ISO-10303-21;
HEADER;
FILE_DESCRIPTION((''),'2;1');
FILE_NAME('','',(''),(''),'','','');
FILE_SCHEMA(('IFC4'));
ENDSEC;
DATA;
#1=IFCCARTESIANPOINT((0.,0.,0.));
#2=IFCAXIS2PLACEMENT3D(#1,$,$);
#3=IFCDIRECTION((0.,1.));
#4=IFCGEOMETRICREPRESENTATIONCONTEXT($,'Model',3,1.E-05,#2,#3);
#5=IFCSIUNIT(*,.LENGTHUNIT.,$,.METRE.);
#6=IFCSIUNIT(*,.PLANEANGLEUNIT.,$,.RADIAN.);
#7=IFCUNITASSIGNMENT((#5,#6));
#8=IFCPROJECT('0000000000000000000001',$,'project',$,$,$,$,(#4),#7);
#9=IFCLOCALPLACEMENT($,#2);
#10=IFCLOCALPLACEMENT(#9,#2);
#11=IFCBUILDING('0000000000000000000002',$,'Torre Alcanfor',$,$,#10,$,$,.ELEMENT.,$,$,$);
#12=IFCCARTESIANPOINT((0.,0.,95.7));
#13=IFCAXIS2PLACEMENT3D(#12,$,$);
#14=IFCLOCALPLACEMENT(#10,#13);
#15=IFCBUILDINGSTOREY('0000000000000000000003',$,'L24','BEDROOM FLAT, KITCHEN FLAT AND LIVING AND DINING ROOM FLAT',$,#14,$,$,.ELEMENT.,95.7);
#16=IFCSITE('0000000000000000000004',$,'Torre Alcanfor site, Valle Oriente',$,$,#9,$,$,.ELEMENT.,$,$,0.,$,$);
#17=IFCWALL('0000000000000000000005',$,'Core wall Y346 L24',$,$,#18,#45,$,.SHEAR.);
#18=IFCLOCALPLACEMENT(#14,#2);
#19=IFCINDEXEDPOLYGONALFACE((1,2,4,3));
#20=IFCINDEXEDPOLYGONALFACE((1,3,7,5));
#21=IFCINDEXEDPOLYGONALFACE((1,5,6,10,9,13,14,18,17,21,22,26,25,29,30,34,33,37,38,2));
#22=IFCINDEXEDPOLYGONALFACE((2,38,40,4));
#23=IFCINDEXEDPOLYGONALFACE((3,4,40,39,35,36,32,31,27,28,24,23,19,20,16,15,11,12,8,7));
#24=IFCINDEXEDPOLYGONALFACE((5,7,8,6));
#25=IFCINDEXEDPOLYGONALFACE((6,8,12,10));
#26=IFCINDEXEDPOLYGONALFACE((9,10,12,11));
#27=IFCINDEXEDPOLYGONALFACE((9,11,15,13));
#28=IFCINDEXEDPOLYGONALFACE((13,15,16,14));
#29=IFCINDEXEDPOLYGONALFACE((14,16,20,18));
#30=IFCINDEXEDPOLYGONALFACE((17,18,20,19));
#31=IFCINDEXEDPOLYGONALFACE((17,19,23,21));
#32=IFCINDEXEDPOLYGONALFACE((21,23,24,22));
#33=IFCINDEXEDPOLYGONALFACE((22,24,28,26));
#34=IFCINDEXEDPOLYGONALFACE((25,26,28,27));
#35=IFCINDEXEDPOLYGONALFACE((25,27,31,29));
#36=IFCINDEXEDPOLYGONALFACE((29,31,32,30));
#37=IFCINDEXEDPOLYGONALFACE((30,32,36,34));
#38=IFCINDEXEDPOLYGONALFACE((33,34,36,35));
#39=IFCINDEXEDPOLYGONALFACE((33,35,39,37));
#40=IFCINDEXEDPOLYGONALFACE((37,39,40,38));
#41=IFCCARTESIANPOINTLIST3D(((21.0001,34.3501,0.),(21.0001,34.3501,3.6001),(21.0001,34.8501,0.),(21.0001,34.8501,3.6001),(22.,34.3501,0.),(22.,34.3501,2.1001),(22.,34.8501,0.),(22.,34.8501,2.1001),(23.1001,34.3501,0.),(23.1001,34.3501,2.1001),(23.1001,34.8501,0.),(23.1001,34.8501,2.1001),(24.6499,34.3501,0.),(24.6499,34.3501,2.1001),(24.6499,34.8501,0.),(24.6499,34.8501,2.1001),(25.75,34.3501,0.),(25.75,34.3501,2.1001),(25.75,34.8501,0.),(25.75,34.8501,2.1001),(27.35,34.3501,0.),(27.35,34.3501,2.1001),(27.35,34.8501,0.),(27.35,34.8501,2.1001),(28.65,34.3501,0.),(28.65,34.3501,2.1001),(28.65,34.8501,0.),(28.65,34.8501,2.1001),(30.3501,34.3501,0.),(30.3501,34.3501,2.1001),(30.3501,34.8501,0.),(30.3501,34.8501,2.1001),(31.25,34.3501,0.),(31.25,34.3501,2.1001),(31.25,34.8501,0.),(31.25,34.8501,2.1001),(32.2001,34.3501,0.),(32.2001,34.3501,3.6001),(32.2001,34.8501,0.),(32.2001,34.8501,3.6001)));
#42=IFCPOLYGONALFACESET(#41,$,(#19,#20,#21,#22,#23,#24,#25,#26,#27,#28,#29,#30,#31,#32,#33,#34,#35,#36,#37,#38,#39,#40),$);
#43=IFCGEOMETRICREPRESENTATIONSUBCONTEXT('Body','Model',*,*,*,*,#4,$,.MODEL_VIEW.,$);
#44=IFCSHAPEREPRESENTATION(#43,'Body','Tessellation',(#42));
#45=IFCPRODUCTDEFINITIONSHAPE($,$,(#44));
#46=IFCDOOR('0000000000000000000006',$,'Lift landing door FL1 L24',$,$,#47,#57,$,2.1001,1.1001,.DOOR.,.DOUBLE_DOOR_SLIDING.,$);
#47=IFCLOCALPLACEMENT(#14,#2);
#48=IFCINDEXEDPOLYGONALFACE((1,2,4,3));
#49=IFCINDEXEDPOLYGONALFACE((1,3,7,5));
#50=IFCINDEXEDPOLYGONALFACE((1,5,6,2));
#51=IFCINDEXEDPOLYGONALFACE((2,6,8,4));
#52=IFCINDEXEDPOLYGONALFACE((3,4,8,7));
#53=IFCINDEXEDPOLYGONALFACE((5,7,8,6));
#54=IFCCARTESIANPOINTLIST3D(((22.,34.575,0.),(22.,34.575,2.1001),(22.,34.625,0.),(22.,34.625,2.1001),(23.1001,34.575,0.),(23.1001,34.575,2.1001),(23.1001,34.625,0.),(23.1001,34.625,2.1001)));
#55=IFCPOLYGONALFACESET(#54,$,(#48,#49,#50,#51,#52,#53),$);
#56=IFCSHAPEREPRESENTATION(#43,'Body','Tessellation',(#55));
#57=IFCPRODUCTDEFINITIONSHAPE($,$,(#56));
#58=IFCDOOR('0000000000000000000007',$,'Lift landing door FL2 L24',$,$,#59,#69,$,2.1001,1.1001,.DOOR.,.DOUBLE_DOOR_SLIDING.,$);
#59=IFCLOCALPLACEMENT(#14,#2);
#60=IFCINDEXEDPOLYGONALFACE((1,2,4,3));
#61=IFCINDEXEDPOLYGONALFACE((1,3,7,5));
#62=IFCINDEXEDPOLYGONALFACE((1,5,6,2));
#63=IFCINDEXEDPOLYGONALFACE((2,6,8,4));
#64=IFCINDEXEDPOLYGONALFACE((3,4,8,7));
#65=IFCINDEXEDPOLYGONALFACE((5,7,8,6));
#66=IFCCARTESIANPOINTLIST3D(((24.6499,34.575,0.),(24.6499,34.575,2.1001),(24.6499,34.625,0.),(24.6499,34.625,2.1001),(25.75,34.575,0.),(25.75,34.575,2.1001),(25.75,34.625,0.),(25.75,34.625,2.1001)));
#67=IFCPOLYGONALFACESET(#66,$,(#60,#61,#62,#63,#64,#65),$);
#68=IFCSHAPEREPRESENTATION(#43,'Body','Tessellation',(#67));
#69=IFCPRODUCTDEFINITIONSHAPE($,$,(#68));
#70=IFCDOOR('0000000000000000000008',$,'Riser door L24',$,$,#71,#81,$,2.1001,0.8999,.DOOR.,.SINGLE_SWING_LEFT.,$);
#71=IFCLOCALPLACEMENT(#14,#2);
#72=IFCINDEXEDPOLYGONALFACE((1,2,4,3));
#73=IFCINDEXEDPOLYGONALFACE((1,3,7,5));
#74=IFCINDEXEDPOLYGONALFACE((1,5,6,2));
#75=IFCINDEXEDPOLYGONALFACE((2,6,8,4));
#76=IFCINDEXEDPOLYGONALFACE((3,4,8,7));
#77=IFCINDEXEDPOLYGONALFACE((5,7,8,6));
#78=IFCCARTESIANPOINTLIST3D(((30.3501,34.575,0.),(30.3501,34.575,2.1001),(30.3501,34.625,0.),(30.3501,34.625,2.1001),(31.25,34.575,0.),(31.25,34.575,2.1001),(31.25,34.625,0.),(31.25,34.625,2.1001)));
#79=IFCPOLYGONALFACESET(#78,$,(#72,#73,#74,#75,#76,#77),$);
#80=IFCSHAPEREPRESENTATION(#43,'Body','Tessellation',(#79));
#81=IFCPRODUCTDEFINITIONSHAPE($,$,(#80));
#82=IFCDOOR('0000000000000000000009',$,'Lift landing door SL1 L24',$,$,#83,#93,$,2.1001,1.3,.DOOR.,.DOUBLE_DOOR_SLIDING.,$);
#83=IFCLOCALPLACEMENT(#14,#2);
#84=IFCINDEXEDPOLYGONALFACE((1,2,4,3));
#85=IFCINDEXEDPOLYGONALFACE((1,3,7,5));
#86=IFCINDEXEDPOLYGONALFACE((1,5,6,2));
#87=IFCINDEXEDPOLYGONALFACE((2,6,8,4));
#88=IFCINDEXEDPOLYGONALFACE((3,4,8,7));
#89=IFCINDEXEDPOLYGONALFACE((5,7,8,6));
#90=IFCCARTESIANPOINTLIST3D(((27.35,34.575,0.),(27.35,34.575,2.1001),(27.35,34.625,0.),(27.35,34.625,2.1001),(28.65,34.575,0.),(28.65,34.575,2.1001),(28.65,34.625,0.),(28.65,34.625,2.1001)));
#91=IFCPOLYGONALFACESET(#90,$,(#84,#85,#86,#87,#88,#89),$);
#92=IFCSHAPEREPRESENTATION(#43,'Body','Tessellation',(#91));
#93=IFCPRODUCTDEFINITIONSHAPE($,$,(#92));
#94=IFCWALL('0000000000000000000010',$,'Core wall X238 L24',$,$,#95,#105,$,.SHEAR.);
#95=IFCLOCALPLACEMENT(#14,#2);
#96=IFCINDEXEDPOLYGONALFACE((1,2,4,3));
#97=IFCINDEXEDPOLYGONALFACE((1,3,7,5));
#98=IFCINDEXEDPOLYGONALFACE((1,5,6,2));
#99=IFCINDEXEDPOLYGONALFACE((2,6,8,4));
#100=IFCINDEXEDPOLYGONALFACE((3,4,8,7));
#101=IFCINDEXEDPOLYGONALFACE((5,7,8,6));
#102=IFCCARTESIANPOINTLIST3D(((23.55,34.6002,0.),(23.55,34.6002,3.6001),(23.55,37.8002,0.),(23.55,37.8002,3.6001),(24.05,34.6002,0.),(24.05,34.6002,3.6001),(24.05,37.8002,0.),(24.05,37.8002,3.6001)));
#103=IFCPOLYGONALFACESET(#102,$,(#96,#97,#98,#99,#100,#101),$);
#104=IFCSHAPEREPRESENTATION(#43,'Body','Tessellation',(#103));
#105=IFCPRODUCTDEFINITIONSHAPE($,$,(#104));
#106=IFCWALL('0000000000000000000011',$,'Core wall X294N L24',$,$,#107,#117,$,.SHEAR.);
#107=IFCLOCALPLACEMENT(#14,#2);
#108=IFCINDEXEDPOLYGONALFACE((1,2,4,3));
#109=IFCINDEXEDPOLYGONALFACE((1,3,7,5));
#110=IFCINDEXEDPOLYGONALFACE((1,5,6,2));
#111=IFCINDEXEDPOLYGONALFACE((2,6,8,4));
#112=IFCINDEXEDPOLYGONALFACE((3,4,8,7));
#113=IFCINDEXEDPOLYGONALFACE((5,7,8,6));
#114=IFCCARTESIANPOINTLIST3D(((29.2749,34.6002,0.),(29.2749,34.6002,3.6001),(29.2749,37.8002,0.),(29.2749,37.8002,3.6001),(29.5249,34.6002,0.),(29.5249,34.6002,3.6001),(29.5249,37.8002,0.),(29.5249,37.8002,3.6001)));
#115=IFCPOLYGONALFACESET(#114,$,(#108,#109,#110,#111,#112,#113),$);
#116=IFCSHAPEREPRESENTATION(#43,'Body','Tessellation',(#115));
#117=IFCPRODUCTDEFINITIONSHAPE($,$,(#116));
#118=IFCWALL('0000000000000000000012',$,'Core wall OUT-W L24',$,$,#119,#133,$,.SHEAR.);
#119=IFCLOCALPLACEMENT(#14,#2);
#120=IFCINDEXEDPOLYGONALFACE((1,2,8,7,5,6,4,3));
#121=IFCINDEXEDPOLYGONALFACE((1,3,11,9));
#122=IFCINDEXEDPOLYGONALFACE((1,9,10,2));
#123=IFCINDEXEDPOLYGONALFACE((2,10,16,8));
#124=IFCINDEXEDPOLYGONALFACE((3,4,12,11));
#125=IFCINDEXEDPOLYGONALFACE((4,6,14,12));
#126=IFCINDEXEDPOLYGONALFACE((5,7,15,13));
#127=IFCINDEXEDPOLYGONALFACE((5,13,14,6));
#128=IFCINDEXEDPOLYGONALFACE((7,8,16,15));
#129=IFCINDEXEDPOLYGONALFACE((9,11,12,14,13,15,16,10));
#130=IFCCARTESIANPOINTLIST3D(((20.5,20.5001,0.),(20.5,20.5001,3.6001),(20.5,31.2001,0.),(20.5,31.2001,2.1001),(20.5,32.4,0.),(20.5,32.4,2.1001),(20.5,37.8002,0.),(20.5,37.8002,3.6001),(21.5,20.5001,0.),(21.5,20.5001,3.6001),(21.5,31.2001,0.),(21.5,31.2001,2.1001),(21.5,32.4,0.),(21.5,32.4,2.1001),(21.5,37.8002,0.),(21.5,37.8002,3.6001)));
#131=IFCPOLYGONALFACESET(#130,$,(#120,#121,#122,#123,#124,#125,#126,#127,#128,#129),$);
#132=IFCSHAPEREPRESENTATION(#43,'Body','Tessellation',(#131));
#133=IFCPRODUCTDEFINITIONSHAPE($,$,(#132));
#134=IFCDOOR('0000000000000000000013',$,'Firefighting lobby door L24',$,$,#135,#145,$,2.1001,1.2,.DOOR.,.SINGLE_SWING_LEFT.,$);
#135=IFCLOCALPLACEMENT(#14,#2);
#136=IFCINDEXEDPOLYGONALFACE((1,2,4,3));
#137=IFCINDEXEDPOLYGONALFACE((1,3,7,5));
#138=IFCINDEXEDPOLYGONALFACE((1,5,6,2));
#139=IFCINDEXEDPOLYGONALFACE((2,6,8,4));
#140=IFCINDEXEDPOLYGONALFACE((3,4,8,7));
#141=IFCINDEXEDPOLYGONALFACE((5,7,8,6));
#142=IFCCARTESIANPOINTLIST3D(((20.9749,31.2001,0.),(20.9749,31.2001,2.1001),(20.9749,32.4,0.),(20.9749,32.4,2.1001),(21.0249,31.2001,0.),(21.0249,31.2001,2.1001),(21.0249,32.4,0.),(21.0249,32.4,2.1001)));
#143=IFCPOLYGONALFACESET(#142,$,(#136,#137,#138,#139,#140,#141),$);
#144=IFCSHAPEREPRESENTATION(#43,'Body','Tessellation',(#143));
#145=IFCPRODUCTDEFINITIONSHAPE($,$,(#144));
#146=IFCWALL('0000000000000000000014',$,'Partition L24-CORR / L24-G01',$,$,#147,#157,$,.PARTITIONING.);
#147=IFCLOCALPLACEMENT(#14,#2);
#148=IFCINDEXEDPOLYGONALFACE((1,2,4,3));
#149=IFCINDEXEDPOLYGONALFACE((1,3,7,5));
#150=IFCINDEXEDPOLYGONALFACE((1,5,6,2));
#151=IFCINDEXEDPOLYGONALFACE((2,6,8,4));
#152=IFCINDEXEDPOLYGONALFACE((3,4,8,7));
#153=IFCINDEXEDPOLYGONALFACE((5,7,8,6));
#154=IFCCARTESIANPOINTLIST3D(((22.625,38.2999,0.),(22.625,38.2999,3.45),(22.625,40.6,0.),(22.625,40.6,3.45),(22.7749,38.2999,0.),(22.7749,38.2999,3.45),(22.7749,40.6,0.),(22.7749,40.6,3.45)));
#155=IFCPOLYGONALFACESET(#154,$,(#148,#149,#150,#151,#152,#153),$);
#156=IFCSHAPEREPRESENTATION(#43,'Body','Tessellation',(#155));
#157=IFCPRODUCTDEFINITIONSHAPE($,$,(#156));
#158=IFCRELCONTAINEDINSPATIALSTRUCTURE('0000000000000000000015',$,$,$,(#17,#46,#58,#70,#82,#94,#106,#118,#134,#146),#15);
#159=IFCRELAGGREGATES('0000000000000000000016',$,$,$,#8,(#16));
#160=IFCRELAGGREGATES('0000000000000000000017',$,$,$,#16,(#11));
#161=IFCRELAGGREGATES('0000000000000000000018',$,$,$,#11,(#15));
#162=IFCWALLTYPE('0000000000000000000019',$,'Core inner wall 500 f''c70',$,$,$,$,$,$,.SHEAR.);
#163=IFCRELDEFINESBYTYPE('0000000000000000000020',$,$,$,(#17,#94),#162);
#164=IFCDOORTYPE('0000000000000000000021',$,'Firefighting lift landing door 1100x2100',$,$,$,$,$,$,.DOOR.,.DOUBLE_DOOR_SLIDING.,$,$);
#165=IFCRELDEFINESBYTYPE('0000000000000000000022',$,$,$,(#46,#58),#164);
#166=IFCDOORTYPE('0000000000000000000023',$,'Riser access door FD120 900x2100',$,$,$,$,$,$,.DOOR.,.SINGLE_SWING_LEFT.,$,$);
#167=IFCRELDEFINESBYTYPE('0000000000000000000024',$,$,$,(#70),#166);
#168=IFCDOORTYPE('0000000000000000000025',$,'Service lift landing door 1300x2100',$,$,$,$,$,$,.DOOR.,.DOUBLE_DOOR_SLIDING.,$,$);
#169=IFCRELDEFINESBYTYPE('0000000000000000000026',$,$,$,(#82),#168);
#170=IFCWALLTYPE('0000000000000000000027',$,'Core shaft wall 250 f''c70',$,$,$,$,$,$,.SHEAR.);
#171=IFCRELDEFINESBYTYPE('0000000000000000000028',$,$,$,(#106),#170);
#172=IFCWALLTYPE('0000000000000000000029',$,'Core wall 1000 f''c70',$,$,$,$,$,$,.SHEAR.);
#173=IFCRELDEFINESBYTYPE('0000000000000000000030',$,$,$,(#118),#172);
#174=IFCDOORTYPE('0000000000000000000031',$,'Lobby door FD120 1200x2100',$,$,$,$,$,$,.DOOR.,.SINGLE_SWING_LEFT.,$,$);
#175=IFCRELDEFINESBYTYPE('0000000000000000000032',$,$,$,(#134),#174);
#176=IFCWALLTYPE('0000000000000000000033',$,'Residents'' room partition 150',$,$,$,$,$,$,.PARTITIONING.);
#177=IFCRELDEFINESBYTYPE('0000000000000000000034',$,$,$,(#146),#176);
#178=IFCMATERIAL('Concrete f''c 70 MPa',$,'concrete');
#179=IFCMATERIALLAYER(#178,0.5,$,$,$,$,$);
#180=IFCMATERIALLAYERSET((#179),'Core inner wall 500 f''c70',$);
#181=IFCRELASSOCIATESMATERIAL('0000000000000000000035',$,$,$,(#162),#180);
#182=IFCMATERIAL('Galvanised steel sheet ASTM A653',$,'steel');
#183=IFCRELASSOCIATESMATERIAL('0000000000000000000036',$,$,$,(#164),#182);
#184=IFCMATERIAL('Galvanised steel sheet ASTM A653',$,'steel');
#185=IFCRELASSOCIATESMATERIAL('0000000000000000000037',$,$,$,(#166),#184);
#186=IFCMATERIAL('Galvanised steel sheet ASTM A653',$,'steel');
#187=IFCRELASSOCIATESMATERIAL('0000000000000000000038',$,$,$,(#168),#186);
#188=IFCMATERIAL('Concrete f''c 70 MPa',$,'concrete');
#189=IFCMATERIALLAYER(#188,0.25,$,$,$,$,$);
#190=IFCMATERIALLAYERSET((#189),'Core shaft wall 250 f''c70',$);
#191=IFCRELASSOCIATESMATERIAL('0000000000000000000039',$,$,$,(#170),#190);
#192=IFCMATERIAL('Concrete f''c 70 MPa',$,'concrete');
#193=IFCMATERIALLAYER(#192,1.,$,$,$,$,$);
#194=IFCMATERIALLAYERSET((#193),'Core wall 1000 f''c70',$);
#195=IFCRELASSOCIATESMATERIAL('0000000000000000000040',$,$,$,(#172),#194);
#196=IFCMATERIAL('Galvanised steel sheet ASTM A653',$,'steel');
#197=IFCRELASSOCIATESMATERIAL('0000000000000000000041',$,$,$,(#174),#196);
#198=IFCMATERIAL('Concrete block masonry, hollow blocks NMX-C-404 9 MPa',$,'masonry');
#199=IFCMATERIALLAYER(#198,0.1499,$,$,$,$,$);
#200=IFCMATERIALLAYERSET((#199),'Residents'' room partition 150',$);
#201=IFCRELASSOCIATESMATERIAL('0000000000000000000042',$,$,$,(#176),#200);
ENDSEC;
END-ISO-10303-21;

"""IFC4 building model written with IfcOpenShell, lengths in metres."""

from ifc_helpers import new_model, si_unit, direction, frame, frame_2d, origin, place, context, subcontext, project, spatial, rectangle, extrude, material, layer, layer_set, type_object, element, fill, save


model = new_model("IFC4")

# Units and contexts
model_context = context("Model", 3, precision=1e-05, world=origin(), true_north=direction((0.0, 1.0)))
body_context = subcontext(model_context, "Body", "Model", "MODEL_VIEW")
ifc_project = project(units=[si_unit("LENGTHUNIT", "METRE"), si_unit("PLANEANGLEUNIT", "RADIAN")], contexts=[model_context])

# Site, building, storey
site_placement = place(None, origin())
site = spatial("IfcSite", under=ifc_project, at=site_placement, Name="Torre Alcanfor site, Valle Oriente", CompositionType="ELEMENT", RefElevation=0.0)
building_placement = place(site_placement, origin())
building = spatial("IfcBuilding", under=site, at=building_placement, Name="Torre Alcanfor", CompositionType="ELEMENT")
storey_placement = place(building_placement, frame((0.0, 0.0, 95.7)))
storey = spatial("IfcBuildingStorey", under=building, at=storey_placement, Name="L24", Description="BEDROOM FLAT, KITCHEN FLAT AND LIVING AND DINING ROOM FLAT", CompositionType="ELEMENT", Elevation=95.7)

# Shared definitions
ifc_material_1 = material(Name="Concrete f'c 70 MPa", Category="concrete")
ifc_layer_1 = layer(ifc_material_1, 0.5)
ifc_layer_set_1 = layer_set([ifc_layer_1], Name="Core inner wall 500 f'c70")
wall_type_1 = type_object("IfcWallType", Name="Core inner wall 500 f'c70", PredefinedType="SHEAR", material=ifc_layer_set_1)

# Wall, openings, doors
wall_1_placement = place(storey_placement, frame((21.0, 34.6001, 0.0), z_axis=(0.0, 0.0, 1.0), x_axis=(1.0, 0.0, 0.0)))
wall_1 = element("IfcWall", 1, at=wall_1_placement, inside=storey, type_object=wall_type_1, Name="Core wall Y346 L24", PredefinedType="SHEAR", context=body_context, shape_type="SweptSolid", body=[
    extrude(rectangle(XDim=11.2, YDim=0.5, at=frame_2d((5.6001, 0.0))), origin(), (0.0, 0.0, 1.0), 3.6001),
])
opening_1_placement = place(wall_1_placement, frame((9.3501, 0.0, 0.0)))
opening_1 = element("IfcOpeningElement", 2, at=opening_1_placement, cuts=wall_1, PredefinedType="OPENING", context=body_context, shape_type="SweptSolid", body=[
    extrude(rectangle(XDim=0.8999, YDim=2.1001, at=frame_2d((0.45, 1.05))), frame((0.0, 0.26, 0.0), z_axis=(0.0, -1.0, 0.0), x_axis=(1.0, 0.0, 0.0)), (0.0, 0.0, 1.0), 0.52),
])
opening_2_placement = place(wall_1_placement, frame((1.0, 0.0, 0.0)))
opening_2 = element("IfcOpeningElement", 3, at=opening_2_placement, cuts=wall_1, PredefinedType="OPENING", context=body_context, shape_type="SweptSolid", body=[
    extrude(rectangle(XDim=1.1001, YDim=2.1001, at=frame_2d((0.55, 1.05))), frame((0.0, 0.26, 0.0), z_axis=(0.0, -1.0, 0.0), x_axis=(1.0, 0.0, 0.0)), (0.0, 0.0, 1.0), 0.52),
])
opening_3_placement = place(wall_1_placement, frame((3.6499, 0.0, 0.0)))
opening_3 = element("IfcOpeningElement", 4, at=opening_3_placement, cuts=wall_1, PredefinedType="OPENING", context=body_context, shape_type="SweptSolid", body=[
    extrude(rectangle(XDim=1.1001, YDim=2.1001, at=frame_2d((0.55, 1.05))), frame((0.0, 0.26, 0.0), z_axis=(0.0, -1.0, 0.0), x_axis=(1.0, 0.0, 0.0)), (0.0, 0.0, 1.0), 0.52),
])
opening_4_placement = place(wall_1_placement, frame((6.3501, 0.0, 0.0)))
opening_4 = element("IfcOpeningElement", 5, at=opening_4_placement, cuts=wall_1, PredefinedType="OPENING", context=body_context, shape_type="SweptSolid", body=[
    extrude(rectangle(XDim=1.3, YDim=2.1001, at=frame_2d((0.6499, 1.05))), frame((0.0, 0.26, 0.0), z_axis=(0.0, -1.0, 0.0), x_axis=(1.0, 0.0, 0.0)), (0.0, 0.0, 1.0), 0.52),
])
ifc_material_2 = material(Name="Galvanised steel sheet ASTM A653", Category="steel")
door_type_1 = type_object("IfcDoorType", Name="Firefighting lift landing door 1100x2100", OperationType="DOUBLE_DOOR_SLIDING", PredefinedType="DOOR", material=ifc_material_2)
door_1_placement = place(opening_2_placement, origin())
door_1 = element("IfcDoor", 6, at=door_1_placement, inside=storey, type_object=door_type_1, Name="Lift landing door FL1 L24", OperationType="DOUBLE_DOOR_SLIDING", OverallHeight=2.1001, OverallWidth=1.1001, PredefinedType="DOOR", context=body_context, shape_type="SweptSolid", body=[
    extrude(rectangle(XDim=1.1001, YDim=2.1001, at=frame_2d((0.55, 1.05))), frame((0.0, 0.0249, 0.0), z_axis=(0.0, -1.0, 0.0), x_axis=(1.0, 0.0, 0.0)), (0.0, 0.0, 1.0), 0.05),
])
fill(opening_2, door_1)
door_2_placement = place(opening_3_placement, origin())
door_2 = element("IfcDoor", 7, at=door_2_placement, inside=storey, type_object=door_type_1, Name="Lift landing door FL2 L24", OperationType="DOUBLE_DOOR_SLIDING", OverallHeight=2.1001, OverallWidth=1.1001, PredefinedType="DOOR", context=body_context, shape_type="SweptSolid", body=[
    extrude(rectangle(XDim=1.1001, YDim=2.1001, at=frame_2d((0.55, 1.05))), frame((0.0, 0.0249, 0.0), z_axis=(0.0, -1.0, 0.0), x_axis=(1.0, 0.0, 0.0)), (0.0, 0.0, 1.0), 0.05),
])
fill(opening_3, door_2)
ifc_material_3 = material(Name="Galvanised steel sheet ASTM A653", Category="steel")
door_type_2 = type_object("IfcDoorType", Name="Riser access door FD120 900x2100", OperationType="SINGLE_SWING_LEFT", PredefinedType="DOOR", material=ifc_material_3)
door_3_placement = place(opening_1_placement, origin())
door_3 = element("IfcDoor", 8, at=door_3_placement, inside=storey, type_object=door_type_2, Name="Riser door L24", OperationType="SINGLE_SWING_LEFT", OverallHeight=2.1001, OverallWidth=0.8999, PredefinedType="DOOR", context=body_context, shape_type="SweptSolid", body=[
    extrude(rectangle(XDim=0.8999, YDim=2.1001, at=frame_2d((0.45, 1.05))), frame((0.0, 0.0249, 0.0), z_axis=(0.0, -1.0, 0.0), x_axis=(1.0, 0.0, 0.0)), (0.0, 0.0, 1.0), 0.05),
])
fill(opening_1, door_3)
ifc_material_4 = material(Name="Galvanised steel sheet ASTM A653", Category="steel")
door_type_3 = type_object("IfcDoorType", Name="Service lift landing door 1300x2100", OperationType="DOUBLE_DOOR_SLIDING", PredefinedType="DOOR", material=ifc_material_4)
door_4_placement = place(opening_4_placement, origin())
door_4 = element("IfcDoor", 9, at=door_4_placement, inside=storey, type_object=door_type_3, Name="Lift landing door SL1 L24", OperationType="DOUBLE_DOOR_SLIDING", OverallHeight=2.1001, OverallWidth=1.3, PredefinedType="DOOR", context=body_context, shape_type="SweptSolid", body=[
    extrude(rectangle(XDim=1.3, YDim=2.1001, at=frame_2d((0.6499, 1.05))), frame((0.0, 0.0249, 0.0), z_axis=(0.0, -1.0, 0.0), x_axis=(1.0, 0.0, 0.0)), (0.0, 0.0, 1.0), 0.05),
])
fill(opening_4, door_4)

# Walls
wall_2_placement = place(storey_placement, frame((23.8, 34.6001, 0.0), z_axis=(0.0, 0.0, 1.0), x_axis=(0.0, 1.0, 0.0)))
element("IfcWall", 10, at=wall_2_placement, inside=storey, type_object=wall_type_1, Name="Core wall X238 L24", PredefinedType="SHEAR", context=body_context, shape_type="SweptSolid", body=[
    extrude(rectangle(XDim=3.2, YDim=0.5, at=frame_2d((1.6001, 0.0))), origin(), (0.0, 0.0, 1.0), 3.6001),
])
ifc_material_5 = material(Name="Concrete f'c 70 MPa", Category="concrete")
ifc_layer_2 = layer(ifc_material_5, 0.25)
ifc_layer_set_2 = layer_set([ifc_layer_2], Name="Core shaft wall 250 f'c70")
wall_type_2 = type_object("IfcWallType", Name="Core shaft wall 250 f'c70", PredefinedType="SHEAR", material=ifc_layer_set_2)
wall_3_placement = place(storey_placement, frame((29.3999, 34.6001, 0.0), z_axis=(0.0, 0.0, 1.0), x_axis=(0.0, 1.0, 0.0)))
element("IfcWall", 11, at=wall_3_placement, inside=storey, type_object=wall_type_2, Name="Core wall X294N L24", PredefinedType="SHEAR", context=body_context, shape_type="SweptSolid", body=[
    extrude(rectangle(XDim=3.2, YDim=0.25, at=frame_2d((1.6001, 0.0))), origin(), (0.0, 0.0, 1.0), 3.6001),
])

# Wall, opening, door
ifc_material_6 = material(Name="Concrete f'c 70 MPa", Category="concrete")
ifc_layer_3 = layer(ifc_material_6, 1.0)
ifc_layer_set_3 = layer_set([ifc_layer_3], Name="Core wall 1000 f'c70")
wall_type_3 = type_object("IfcWallType", Name="Core wall 1000 f'c70", PredefinedType="SHEAR", material=ifc_layer_set_3)
wall_4_placement = place(storey_placement, frame((21.0, 37.8, 0.0), z_axis=(0.0, 0.0, 1.0), x_axis=(0.0, -1.0, 0.0)))
wall_4 = element("IfcWall", 12, at=wall_4_placement, inside=storey, type_object=wall_type_3, Name="Core wall OUT-W L24", PredefinedType="SHEAR", context=body_context, shape_type="SweptSolid", body=[
    extrude(rectangle(XDim=17.3, YDim=1.0, at=frame_2d((8.6499, 0.0))), origin(), (0.0, 0.0, 1.0), 3.6001),
])
opening_5_placement = place(wall_4_placement, frame((5.3999, 0.0, 0.0)))
opening_5 = element("IfcOpeningElement", 13, at=opening_5_placement, cuts=wall_4, PredefinedType="OPENING", context=body_context, shape_type="SweptSolid", body=[
    extrude(rectangle(XDim=1.2, YDim=2.1001, at=frame_2d((0.6001, 1.05))), frame((0.0, 0.51, 0.0), z_axis=(0.0, -1.0, 0.0), x_axis=(1.0, 0.0, 0.0)), (0.0, 0.0, 1.0), 1.02),
])
ifc_material_7 = material(Name="Galvanised steel sheet ASTM A653", Category="steel")
door_type_4 = type_object("IfcDoorType", Name="Lobby door FD120 1200x2100", OperationType="SINGLE_SWING_LEFT", PredefinedType="DOOR", material=ifc_material_7)
door_5_placement = place(opening_5_placement, origin())
door_5 = element("IfcDoor", 14, at=door_5_placement, inside=storey, type_object=door_type_4, Name="Firefighting lobby door L24", OperationType="SINGLE_SWING_LEFT", OverallHeight=2.1001, OverallWidth=1.2, PredefinedType="DOOR", context=body_context, shape_type="SweptSolid", body=[
    extrude(rectangle(XDim=1.2, YDim=2.1001, at=frame_2d((0.6001, 1.05))), frame((0.0, 0.0249, 0.0), z_axis=(0.0, -1.0, 0.0), x_axis=(1.0, 0.0, 0.0)), (0.0, 0.0, 1.0), 0.05),
])
fill(opening_5, door_5)

# Wall
ifc_material_8 = material(Name="Concrete block masonry, hollow blocks NMX-C-404 9 MPa", Category="masonry")
ifc_layer_4 = layer(ifc_material_8, 0.1499)
ifc_layer_set_4 = layer_set([ifc_layer_4], Name="Residents' room partition 150")
wall_type_4 = type_object("IfcWallType", Name="Residents' room partition 150", PredefinedType="PARTITIONING", material=ifc_layer_set_4)
wall_5_placement = place(storey_placement, frame((22.7, 38.3, 0.0), z_axis=(0.0, 0.0, 1.0), x_axis=(0.0, 1.0, 0.0)))
element("IfcWall", 15, at=wall_5_placement, inside=storey, type_object=wall_type_4, Name="Partition L24-CORR / L24-G01", PredefinedType="PARTITIONING", context=body_context, shape_type="SweptSolid", body=[
    extrude(rectangle(XDim=2.3, YDim=0.1499, at=frame_2d((1.1499, 0.0))), origin(), (0.0, 0.0, 1.0), 3.45),
])

save(model, "model.ifc")
